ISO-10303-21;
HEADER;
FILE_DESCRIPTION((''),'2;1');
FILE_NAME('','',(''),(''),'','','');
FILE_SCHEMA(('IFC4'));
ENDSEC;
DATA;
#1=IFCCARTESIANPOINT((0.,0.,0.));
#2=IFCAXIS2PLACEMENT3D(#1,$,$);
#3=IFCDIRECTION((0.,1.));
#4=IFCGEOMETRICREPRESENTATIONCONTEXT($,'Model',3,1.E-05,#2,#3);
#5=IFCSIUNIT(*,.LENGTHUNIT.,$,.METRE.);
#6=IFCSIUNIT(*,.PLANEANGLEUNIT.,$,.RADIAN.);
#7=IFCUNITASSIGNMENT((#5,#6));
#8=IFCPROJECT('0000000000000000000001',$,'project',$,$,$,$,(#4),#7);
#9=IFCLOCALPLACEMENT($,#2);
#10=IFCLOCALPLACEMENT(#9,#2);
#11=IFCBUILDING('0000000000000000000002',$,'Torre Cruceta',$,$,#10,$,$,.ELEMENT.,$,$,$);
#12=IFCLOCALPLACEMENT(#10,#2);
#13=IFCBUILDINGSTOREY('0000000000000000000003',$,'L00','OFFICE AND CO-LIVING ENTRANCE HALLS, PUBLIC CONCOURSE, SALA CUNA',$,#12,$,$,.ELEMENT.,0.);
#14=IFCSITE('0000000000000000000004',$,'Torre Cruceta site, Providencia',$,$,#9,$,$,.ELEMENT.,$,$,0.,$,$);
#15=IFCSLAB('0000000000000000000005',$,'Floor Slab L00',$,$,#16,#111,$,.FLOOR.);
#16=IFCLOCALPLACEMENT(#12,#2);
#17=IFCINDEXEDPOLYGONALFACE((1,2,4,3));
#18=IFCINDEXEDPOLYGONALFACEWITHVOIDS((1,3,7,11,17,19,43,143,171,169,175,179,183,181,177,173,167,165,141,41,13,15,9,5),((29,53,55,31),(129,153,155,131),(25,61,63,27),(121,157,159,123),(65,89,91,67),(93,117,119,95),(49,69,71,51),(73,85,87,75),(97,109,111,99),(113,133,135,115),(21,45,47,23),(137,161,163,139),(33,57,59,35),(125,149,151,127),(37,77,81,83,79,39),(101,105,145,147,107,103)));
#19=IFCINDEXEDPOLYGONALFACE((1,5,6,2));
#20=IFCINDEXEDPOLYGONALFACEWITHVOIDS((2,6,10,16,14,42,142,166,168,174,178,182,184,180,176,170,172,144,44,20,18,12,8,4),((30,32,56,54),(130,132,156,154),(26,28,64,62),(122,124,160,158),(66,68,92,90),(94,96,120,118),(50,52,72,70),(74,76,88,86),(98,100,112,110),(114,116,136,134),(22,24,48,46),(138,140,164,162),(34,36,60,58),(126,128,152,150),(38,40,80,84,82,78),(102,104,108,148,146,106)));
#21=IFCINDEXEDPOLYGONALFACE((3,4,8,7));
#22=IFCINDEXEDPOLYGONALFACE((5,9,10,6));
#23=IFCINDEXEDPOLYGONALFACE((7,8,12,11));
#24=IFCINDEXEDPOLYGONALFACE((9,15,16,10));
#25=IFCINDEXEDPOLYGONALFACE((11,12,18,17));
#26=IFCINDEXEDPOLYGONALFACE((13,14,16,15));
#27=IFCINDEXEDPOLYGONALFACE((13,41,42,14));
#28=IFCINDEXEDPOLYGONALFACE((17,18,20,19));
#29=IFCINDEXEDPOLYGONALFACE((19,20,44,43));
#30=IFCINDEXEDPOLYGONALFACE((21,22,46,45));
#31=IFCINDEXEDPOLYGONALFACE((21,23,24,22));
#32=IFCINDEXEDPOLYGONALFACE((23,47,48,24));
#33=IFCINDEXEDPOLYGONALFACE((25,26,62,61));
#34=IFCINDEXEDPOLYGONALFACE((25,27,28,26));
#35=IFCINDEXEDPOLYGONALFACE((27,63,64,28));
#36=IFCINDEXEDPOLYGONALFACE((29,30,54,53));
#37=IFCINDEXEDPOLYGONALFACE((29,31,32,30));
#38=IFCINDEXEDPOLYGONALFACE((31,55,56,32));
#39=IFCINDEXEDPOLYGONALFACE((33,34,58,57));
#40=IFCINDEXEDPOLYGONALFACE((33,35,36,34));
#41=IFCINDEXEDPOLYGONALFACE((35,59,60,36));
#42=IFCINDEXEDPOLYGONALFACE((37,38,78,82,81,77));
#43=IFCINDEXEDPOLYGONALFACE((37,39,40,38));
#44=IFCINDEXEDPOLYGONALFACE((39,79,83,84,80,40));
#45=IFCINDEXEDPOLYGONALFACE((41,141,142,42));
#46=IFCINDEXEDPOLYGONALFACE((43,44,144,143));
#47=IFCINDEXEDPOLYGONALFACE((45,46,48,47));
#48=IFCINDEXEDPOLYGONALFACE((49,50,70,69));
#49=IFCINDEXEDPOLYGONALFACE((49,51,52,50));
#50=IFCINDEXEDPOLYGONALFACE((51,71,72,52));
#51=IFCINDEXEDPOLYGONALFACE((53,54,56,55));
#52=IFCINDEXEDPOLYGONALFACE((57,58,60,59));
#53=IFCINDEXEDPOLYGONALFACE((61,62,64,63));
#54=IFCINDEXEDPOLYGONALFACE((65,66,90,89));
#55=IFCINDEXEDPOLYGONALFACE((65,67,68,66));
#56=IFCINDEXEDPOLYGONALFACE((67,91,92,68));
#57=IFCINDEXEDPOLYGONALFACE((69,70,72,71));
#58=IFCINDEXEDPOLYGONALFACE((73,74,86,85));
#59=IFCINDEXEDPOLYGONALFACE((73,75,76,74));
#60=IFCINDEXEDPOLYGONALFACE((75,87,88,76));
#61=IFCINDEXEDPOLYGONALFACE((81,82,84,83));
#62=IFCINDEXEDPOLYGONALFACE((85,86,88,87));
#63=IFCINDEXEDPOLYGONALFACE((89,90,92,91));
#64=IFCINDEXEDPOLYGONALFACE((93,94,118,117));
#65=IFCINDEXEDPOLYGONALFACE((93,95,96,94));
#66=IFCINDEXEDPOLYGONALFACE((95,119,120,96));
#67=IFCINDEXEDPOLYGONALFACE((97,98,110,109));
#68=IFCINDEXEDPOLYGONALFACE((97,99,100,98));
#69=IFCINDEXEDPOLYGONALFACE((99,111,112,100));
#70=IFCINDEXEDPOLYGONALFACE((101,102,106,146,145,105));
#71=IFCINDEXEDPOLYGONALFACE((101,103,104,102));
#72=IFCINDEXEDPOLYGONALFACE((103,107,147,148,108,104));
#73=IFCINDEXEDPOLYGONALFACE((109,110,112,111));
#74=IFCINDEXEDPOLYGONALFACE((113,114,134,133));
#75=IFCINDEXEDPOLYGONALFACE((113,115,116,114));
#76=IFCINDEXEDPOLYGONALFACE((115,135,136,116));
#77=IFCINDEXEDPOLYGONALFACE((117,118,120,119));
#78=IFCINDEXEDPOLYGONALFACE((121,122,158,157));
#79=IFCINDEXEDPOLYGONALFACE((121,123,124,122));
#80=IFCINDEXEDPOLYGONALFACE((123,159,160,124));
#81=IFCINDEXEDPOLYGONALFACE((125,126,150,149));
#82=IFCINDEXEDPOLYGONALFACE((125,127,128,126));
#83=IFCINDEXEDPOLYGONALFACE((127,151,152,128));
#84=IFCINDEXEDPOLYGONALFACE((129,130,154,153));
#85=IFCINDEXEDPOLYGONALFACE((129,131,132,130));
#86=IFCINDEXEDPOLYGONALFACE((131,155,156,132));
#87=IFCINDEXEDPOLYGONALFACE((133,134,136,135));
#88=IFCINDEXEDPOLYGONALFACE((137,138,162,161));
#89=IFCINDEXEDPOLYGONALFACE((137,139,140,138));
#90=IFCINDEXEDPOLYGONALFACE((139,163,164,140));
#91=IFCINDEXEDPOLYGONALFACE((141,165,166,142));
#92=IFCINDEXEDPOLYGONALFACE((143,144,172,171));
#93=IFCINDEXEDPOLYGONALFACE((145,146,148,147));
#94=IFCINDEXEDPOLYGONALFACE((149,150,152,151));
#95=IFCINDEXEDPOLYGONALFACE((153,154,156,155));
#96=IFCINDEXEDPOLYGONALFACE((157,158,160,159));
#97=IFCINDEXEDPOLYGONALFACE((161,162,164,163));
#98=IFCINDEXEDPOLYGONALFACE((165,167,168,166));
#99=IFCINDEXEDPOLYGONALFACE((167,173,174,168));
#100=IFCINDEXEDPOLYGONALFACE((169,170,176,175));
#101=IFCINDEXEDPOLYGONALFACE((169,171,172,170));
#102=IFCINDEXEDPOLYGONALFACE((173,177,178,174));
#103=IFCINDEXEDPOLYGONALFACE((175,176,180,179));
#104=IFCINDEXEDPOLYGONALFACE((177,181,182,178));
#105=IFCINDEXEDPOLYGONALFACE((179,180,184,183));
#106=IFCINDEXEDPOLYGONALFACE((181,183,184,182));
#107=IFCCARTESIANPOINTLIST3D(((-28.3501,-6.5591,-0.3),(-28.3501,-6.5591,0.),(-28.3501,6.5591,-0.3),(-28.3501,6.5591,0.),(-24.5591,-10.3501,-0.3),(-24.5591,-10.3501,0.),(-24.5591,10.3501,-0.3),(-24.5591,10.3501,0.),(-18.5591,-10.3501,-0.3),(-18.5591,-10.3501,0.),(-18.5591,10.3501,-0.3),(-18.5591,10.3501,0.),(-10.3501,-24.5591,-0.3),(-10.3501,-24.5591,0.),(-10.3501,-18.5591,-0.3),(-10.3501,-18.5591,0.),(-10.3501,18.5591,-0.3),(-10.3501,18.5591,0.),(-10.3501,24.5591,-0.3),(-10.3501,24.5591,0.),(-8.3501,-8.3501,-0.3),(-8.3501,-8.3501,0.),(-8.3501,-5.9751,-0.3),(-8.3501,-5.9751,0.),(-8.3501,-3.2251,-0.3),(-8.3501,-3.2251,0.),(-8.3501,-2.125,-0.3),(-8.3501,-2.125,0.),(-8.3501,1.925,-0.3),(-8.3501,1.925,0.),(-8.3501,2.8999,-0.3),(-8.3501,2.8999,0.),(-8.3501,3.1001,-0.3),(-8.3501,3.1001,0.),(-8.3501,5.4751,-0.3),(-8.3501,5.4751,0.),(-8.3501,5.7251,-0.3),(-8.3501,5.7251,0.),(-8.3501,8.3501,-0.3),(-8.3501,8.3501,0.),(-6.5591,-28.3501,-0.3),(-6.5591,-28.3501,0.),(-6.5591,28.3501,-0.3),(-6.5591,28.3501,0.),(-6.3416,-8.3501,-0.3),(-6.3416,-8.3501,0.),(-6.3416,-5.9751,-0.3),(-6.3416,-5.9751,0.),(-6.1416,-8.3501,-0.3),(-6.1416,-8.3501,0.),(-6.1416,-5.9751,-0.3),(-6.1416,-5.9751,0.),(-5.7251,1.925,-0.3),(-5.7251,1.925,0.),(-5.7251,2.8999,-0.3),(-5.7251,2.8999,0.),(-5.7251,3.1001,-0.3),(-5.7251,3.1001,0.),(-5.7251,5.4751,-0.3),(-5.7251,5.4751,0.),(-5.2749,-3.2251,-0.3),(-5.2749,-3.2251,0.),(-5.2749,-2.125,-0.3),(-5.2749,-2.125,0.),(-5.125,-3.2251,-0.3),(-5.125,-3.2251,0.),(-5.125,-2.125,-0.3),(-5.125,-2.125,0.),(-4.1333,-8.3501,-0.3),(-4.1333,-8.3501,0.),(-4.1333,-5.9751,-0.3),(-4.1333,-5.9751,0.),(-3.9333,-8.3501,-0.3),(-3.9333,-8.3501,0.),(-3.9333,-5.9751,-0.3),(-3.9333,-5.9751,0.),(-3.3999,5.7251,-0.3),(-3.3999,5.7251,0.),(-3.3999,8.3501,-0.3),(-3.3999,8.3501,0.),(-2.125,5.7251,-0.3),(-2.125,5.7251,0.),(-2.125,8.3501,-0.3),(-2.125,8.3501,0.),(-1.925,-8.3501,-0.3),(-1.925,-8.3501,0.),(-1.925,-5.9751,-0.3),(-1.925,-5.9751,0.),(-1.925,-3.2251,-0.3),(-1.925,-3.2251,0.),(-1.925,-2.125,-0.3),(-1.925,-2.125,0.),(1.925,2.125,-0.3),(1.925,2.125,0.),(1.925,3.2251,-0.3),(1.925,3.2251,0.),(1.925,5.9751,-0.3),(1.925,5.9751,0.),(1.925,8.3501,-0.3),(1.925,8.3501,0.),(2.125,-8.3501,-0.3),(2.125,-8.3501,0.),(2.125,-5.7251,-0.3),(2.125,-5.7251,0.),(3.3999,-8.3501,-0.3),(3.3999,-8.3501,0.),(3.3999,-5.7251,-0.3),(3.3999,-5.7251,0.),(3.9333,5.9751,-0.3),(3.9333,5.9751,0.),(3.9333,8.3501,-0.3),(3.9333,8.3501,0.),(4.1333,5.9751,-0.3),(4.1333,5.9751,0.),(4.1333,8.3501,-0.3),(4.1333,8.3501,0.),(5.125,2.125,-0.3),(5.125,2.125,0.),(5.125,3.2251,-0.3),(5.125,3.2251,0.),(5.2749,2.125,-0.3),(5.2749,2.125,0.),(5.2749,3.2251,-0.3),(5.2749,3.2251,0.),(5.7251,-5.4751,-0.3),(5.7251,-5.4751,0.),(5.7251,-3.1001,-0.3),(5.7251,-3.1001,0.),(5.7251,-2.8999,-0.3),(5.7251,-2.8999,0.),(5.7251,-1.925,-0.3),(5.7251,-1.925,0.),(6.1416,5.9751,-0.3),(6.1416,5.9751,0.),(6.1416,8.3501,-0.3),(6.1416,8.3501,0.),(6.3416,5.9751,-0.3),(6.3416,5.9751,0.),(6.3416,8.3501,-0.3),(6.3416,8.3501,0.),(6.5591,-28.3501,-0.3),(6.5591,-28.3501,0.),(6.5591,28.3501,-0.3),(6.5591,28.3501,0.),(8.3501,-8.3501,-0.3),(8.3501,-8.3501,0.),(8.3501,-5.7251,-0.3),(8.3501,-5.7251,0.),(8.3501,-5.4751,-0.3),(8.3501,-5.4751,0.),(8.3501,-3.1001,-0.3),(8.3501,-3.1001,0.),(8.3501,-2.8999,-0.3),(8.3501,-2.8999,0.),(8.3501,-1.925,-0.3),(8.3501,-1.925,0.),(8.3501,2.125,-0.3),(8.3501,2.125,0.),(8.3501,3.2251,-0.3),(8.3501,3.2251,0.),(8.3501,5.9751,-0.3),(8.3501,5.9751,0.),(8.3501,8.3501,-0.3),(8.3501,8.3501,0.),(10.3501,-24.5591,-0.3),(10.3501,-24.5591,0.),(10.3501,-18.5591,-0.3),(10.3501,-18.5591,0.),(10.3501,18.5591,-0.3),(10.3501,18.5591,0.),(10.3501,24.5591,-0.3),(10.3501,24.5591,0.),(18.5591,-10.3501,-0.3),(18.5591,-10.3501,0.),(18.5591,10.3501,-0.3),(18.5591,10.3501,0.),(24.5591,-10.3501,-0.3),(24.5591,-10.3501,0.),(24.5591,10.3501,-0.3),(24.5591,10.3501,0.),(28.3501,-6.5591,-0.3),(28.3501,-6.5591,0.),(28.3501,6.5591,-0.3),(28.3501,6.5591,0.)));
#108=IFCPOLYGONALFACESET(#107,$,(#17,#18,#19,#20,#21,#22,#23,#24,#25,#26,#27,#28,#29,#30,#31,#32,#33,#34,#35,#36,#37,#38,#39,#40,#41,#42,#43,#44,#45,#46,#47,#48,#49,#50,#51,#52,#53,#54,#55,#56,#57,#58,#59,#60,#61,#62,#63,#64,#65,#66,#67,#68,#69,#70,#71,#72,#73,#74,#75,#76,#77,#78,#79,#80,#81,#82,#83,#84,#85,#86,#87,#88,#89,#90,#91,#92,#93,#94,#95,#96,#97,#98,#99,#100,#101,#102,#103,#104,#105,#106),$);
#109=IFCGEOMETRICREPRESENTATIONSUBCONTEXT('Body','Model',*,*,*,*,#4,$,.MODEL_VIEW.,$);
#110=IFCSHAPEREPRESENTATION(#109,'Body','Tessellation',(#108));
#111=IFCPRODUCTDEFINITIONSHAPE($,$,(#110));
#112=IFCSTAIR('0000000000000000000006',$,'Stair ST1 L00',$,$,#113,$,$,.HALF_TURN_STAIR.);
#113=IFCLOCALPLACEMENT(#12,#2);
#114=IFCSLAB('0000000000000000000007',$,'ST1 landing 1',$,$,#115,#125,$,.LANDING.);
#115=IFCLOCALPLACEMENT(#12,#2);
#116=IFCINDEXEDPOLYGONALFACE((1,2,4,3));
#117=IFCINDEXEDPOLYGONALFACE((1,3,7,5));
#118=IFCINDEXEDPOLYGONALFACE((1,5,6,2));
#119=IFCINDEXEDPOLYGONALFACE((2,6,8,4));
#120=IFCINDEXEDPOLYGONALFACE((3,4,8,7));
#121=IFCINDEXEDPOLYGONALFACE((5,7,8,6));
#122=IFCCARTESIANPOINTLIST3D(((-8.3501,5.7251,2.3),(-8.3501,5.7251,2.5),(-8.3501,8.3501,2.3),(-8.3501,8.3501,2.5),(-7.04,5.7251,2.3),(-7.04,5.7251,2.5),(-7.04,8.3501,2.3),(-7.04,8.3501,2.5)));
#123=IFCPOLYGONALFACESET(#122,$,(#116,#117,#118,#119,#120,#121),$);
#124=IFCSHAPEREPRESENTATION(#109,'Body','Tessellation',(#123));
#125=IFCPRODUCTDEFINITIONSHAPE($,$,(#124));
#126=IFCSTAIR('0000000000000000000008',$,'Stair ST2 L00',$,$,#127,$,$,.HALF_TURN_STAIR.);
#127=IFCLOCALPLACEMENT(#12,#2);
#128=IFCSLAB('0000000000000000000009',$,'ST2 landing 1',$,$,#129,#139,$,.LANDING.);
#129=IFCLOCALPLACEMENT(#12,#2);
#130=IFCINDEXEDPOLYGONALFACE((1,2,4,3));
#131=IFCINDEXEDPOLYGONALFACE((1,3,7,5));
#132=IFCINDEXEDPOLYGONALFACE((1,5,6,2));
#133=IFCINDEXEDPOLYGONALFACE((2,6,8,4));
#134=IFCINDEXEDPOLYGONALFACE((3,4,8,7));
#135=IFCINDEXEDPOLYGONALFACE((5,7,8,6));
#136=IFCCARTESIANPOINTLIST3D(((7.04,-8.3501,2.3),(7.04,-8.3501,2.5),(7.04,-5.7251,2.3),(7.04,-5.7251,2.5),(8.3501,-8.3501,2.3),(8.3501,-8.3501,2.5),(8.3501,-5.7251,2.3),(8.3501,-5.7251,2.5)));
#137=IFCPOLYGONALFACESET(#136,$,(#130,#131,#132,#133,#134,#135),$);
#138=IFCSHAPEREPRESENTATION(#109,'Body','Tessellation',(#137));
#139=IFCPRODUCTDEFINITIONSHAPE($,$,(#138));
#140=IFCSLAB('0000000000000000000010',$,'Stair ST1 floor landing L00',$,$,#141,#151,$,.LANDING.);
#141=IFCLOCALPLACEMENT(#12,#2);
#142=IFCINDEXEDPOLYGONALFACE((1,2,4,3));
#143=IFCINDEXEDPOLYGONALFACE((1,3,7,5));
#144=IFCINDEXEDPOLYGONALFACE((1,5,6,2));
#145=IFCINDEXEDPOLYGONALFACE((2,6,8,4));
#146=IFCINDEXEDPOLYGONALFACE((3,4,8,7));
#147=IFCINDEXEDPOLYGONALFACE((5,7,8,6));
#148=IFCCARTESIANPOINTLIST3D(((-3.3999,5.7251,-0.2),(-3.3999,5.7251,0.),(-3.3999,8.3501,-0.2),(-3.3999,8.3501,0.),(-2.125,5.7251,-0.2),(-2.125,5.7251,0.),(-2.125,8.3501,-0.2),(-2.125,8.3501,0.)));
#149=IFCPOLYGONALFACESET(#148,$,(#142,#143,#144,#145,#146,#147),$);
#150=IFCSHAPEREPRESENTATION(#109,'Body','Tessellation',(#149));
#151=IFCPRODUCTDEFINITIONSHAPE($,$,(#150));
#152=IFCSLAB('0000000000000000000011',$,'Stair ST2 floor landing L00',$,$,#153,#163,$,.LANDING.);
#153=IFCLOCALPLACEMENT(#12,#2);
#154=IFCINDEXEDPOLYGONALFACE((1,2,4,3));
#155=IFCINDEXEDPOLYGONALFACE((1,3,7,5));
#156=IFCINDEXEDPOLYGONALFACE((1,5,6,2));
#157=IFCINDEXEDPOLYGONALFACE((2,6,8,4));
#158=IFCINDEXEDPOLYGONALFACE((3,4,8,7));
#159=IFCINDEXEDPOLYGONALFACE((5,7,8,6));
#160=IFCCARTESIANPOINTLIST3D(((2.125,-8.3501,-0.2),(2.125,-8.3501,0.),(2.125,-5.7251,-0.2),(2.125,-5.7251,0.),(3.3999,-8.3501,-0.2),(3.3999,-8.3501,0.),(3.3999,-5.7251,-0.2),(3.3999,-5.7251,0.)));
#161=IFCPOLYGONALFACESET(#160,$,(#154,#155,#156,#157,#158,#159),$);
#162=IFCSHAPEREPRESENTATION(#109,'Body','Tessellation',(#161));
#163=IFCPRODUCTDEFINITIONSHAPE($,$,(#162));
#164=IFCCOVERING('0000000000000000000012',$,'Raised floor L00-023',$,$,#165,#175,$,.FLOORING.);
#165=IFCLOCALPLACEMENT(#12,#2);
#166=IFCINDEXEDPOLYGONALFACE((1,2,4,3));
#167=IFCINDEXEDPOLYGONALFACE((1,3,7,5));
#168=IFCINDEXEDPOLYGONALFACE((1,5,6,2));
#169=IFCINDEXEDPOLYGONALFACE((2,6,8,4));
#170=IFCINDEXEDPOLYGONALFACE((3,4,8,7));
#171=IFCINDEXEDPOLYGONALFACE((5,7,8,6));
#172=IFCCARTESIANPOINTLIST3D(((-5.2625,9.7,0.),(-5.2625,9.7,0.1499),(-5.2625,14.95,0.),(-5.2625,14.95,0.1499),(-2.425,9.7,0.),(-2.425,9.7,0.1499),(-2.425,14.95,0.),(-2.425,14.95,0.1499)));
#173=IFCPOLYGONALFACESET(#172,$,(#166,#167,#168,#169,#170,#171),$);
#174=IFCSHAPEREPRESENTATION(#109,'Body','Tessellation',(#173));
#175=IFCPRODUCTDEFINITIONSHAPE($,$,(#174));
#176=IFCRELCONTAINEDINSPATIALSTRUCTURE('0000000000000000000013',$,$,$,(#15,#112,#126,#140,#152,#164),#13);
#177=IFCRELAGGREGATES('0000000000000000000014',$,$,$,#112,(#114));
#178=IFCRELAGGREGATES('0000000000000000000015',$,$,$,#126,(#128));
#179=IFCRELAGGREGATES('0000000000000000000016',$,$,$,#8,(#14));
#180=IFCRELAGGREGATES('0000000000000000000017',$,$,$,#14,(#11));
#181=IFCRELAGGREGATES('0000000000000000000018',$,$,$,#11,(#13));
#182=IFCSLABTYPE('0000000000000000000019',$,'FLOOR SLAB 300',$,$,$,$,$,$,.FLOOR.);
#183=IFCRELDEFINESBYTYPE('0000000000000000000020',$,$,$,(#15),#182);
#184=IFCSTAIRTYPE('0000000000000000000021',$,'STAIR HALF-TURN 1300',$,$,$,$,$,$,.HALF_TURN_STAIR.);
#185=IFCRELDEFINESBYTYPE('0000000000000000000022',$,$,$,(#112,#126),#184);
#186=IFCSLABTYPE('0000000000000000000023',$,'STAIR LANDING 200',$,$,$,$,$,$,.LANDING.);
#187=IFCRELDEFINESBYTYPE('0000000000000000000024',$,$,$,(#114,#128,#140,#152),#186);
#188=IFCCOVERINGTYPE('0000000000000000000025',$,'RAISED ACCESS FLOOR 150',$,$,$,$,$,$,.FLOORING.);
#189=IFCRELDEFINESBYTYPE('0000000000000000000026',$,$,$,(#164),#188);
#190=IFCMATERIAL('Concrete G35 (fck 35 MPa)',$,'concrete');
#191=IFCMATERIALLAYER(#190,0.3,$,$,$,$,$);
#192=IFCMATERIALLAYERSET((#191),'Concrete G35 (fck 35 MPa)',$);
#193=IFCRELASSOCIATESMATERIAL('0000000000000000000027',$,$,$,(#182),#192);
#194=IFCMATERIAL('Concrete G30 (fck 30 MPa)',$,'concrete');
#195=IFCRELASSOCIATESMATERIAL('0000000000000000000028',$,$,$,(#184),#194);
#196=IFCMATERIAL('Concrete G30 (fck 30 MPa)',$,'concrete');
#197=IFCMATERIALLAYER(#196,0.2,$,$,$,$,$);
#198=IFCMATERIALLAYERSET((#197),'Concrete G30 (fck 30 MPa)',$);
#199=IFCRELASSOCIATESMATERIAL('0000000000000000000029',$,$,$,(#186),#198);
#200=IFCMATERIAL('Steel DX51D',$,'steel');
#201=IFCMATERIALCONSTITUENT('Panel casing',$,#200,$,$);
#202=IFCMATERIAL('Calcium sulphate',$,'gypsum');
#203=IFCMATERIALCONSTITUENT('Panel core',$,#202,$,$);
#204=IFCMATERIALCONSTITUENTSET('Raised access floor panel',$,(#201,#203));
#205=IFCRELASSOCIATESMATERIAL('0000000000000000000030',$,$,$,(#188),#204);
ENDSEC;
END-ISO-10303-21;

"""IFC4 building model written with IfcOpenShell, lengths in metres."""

from ifc_helpers import new_model, si_unit, direction, frame, origin, place, context, subcontext, project, spatial, polyline, outline, extrude, material, layer, layer_set, constituent, constituent_set, type_object, element, aggregate, save


model = new_model("IFC4")

# Units and contexts
model_context = context("Model", 3, precision=1e-05, world=origin(), true_north=direction((0.0, 1.0)))
body_context = subcontext(model_context, "Body", "Model", "MODEL_VIEW")
ifc_project = project(units=[si_unit("LENGTHUNIT", "METRE"), si_unit("PLANEANGLEUNIT", "RADIAN")], contexts=[model_context])

# Site, building, storey
site_placement = place(None, origin())
site = spatial("IfcSite", under=ifc_project, at=site_placement, Name="Torre Cruceta site, Providencia", CompositionType="ELEMENT", RefElevation=0.0)
building_placement = place(site_placement, origin())
building = spatial("IfcBuilding", under=site, at=building_placement, Name="Torre Cruceta", CompositionType="ELEMENT")
storey_placement = place(building_placement, origin())
storey = spatial("IfcBuildingStorey", under=building, at=storey_placement, Name="L00", Description="OFFICE AND CO-LIVING ENTRANCE HALLS, PUBLIC CONCOURSE, SALA CUNA", CompositionType="ELEMENT", Elevation=0.0)

# Slab
ifc_material_1 = material(Name="Concrete G35 (fck 35 MPa)", Category="concrete")
ifc_layer_1 = layer(ifc_material_1, 0.3)
ifc_layer_set_1 = layer_set([ifc_layer_1], Name="Concrete G35 (fck 35 MPa)")
slab_type_1 = type_object("IfcSlabType", Name="FLOOR SLAB 300", PredefinedType="FLOOR", material=ifc_layer_set_1)
slab_1_placement = place(storey_placement, frame((0.0, 0.0, -0.3)))
element("IfcSlab", 1, at=slab_1_placement, inside=storey, type_object=slab_type_1, Name="Floor Slab L00", PredefinedType="FLOOR", context=body_context, shape_type="SweptSolid", body=[
    extrude(outline(polyline([(18.5591, -10.3501), (10.3501, -18.5591), (10.3501, -24.5591), (6.5591, -28.3501), (-6.5591, -28.3501), (-10.3501, -24.5591), (-10.3501, -18.5591), (-18.5591, -10.3501), (-24.5591, -10.3501), (-28.3501, -6.5591), (-28.3501, 6.5591), (-24.5591, 10.3501), (-18.5591, 10.3501), (-10.3501, 18.5591), (-10.3501, 24.5591), (-6.5591, 28.3501), (6.5591, 28.3501), (10.3501, 24.5591), (10.3501, 18.5591), (18.5591, 10.3501), (24.5591, 10.3501), (28.3501, 6.5591), (28.3501, -6.5591), (24.5591, -10.3501), (18.5591, -10.3501)]), holes=[polyline([(1.925, 5.9751), (3.9333, 5.9751), (3.9333, 8.3501), (1.925, 8.3501), (1.925, 5.9751)]), polyline([(4.1333, 5.9751), (6.1416, 5.9751), (6.1416, 8.3501), (4.1333, 8.3501), (4.1333, 5.9751)]), polyline([(6.3416, 5.9751), (8.3501, 5.9751), (8.3501, 8.3501), (6.3416, 8.3501), (6.3416, 5.9751)]), polyline([(1.925, 2.125), (5.125, 2.125), (5.125, 3.2251), (1.925, 3.2251), (1.925, 2.125)]), polyline([(5.2749, 2.125), (8.3501, 2.125), (8.3501, 3.2251), (5.2749, 3.2251), (5.2749, 2.125)]), polyline([(-8.3501, 3.1001), (-5.7251, 3.1001), (-5.7251, 5.4751), (-8.3501, 5.4751), (-8.3501, 3.1001)]), polyline([(-8.3501, 1.925), (-5.7251, 1.925), (-5.7251, 2.8999), (-8.3501, 2.8999), (-8.3501, 1.925)]), polyline([(-3.9333, -8.3501), (-1.925, -8.3501), (-1.925, -5.9751), (-3.9333, -5.9751), (-3.9333, -8.3501)]), polyline([(-6.1416, -8.3501), (-4.1333, -8.3501), (-4.1333, -5.9751), (-6.1416, -5.9751), (-6.1416, -8.3501)]), polyline([(-8.3501, -8.3501), (-6.3416, -8.3501), (-6.3416, -5.9751), (-8.3501, -5.9751), (-8.3501, -8.3501)]), polyline([(-5.125, -3.2251), (-1.925, -3.2251), (-1.925, -2.125), (-5.125, -2.125), (-5.125, -3.2251)]), polyline([(-8.3501, -3.2251), (-5.2749, -3.2251), (-5.2749, -2.125), (-8.3501, -2.125), (-8.3501, -3.2251)]), polyline([(5.7251, -5.4751), (8.3501, -5.4751), (8.3501, -3.1001), (5.7251, -3.1001), (5.7251, -5.4751)]), polyline([(5.7251, -2.8999), (8.3501, -2.8999), (8.3501, -1.925), (5.7251, -1.925), (5.7251, -2.8999)]), polyline([(-8.3501, 5.7251), (-8.3501, 8.3501), (-3.3999, 8.3501), (-2.125, 8.3501), (-2.125, 5.7251), (-3.3999, 5.7251), (-8.3501, 5.7251)]), polyline([(2.125, -5.7251), (3.3999, -5.7251), (8.3501, -5.7251), (8.3501, -8.3501), (3.3999, -8.3501), (2.125, -8.3501), (2.125, -5.7251)])]), origin(), (0.0, 0.0, 1.0), 0.3),
])

# Stairs, slabs
ifc_material_2 = material(Name="Concrete G30 (fck 30 MPa)", Category="concrete")
stair_type = type_object("IfcStairType", Name="STAIR HALF-TURN 1300", PredefinedType="HALF_TURN_STAIR", material=ifc_material_2)
stair_1_placement = place(storey_placement, origin())
stair_1 = element("IfcStair", 2, at=stair_1_placement, inside=storey, type_object=stair_type, Name="Stair ST1 L00", PredefinedType="HALF_TURN_STAIR")
ifc_material_3 = material(Name="Concrete G30 (fck 30 MPa)", Category="concrete")
ifc_layer_2 = layer(ifc_material_3, 0.2)
ifc_layer_set_2 = layer_set([ifc_layer_2], Name="Concrete G30 (fck 30 MPa)")
slab_type_2 = type_object("IfcSlabType", Name="STAIR LANDING 200", PredefinedType="LANDING", material=ifc_layer_set_2)
slab_2_placement = place(storey_placement, frame((0.0, 0.0, 2.3)))
slab_2 = element("IfcSlab", 3, at=slab_2_placement, type_object=slab_type_2, Name="ST1 landing 1", PredefinedType="LANDING", context=body_context, shape_type="SweptSolid", body=[
    extrude(outline(polyline([(-8.3501, 5.7251), (-7.04, 5.7251), (-7.04, 8.3501), (-8.3501, 8.3501), (-8.3501, 5.7251)])), origin(), (0.0, 0.0, 1.0), 0.2),
])
aggregate(stair_1, [slab_2])
stair_2_placement = place(storey_placement, origin())
stair_2 = element("IfcStair", 4, at=stair_2_placement, inside=storey, type_object=stair_type, Name="Stair ST2 L00", PredefinedType="HALF_TURN_STAIR")
slab_3_placement = place(storey_placement, frame((0.0, 0.0, 2.3)))
slab_3 = element("IfcSlab", 5, at=slab_3_placement, type_object=slab_type_2, Name="ST2 landing 1", PredefinedType="LANDING", context=body_context, shape_type="SweptSolid", body=[
    extrude(outline(polyline([(7.04, -8.3501), (8.3501, -8.3501), (8.3501, -5.7251), (7.04, -5.7251), (7.04, -8.3501)])), origin(), (0.0, 0.0, 1.0), 0.2),
])
aggregate(stair_2, [slab_3])

# Slabs
slab_4_placement = place(storey_placement, frame((0.0, 0.0, -0.2)))
element("IfcSlab", 6, at=slab_4_placement, inside=storey, type_object=slab_type_2, Name="Stair ST1 floor landing L00", PredefinedType="LANDING", context=body_context, shape_type="SweptSolid", body=[
    extrude(outline(polyline([(-2.125, 8.3501), (-2.125, 5.7251), (-3.3999, 5.7251), (-3.3999, 8.3501), (-2.125, 8.3501)])), origin(), (0.0, 0.0, 1.0), 0.2),
])
slab_5_placement = place(storey_placement, frame((0.0, 0.0, -0.2)))
element("IfcSlab", 7, at=slab_5_placement, inside=storey, type_object=slab_type_2, Name="Stair ST2 floor landing L00", PredefinedType="LANDING", context=body_context, shape_type="SweptSolid", body=[
    extrude(outline(polyline([(2.125, -8.3501), (2.125, -5.7251), (3.3999, -5.7251), (3.3999, -8.3501), (2.125, -8.3501)])), origin(), (0.0, 0.0, 1.0), 0.2),
])

# Covering
ifc_material_4 = material(Name="Steel DX51D", Category="steel")
ifc_constituent_1 = constituent(ifc_material_4, Name="Panel casing")
ifc_material_5 = material(Name="Calcium sulphate", Category="gypsum")
ifc_constituent_2 = constituent(ifc_material_5, Name="Panel core")
ifc_constituent_set = constituent_set(constituents=[ifc_constituent_1, ifc_constituent_2], Name="Raised access floor panel")
covering_type_1 = type_object("IfcCoveringType", Name="RAISED ACCESS FLOOR 150", PredefinedType="FLOORING", material=ifc_constituent_set)
covering_1_placement = place(storey_placement, origin())
element("IfcCovering", 8, at=covering_1_placement, inside=storey, type_object=covering_type_1, Name="Raised floor L00-023", PredefinedType="FLOORING", context=body_context, shape_type="SweptSolid", body=[
    extrude(outline(polyline([(-2.425, 9.7), (-5.2625, 9.7), (-5.2625, 14.95), (-2.425, 14.95), (-2.425, 9.7)])), origin(), (0.0, 0.0, 1.0), 0.1499),
])

save(model, "model.ifc")
